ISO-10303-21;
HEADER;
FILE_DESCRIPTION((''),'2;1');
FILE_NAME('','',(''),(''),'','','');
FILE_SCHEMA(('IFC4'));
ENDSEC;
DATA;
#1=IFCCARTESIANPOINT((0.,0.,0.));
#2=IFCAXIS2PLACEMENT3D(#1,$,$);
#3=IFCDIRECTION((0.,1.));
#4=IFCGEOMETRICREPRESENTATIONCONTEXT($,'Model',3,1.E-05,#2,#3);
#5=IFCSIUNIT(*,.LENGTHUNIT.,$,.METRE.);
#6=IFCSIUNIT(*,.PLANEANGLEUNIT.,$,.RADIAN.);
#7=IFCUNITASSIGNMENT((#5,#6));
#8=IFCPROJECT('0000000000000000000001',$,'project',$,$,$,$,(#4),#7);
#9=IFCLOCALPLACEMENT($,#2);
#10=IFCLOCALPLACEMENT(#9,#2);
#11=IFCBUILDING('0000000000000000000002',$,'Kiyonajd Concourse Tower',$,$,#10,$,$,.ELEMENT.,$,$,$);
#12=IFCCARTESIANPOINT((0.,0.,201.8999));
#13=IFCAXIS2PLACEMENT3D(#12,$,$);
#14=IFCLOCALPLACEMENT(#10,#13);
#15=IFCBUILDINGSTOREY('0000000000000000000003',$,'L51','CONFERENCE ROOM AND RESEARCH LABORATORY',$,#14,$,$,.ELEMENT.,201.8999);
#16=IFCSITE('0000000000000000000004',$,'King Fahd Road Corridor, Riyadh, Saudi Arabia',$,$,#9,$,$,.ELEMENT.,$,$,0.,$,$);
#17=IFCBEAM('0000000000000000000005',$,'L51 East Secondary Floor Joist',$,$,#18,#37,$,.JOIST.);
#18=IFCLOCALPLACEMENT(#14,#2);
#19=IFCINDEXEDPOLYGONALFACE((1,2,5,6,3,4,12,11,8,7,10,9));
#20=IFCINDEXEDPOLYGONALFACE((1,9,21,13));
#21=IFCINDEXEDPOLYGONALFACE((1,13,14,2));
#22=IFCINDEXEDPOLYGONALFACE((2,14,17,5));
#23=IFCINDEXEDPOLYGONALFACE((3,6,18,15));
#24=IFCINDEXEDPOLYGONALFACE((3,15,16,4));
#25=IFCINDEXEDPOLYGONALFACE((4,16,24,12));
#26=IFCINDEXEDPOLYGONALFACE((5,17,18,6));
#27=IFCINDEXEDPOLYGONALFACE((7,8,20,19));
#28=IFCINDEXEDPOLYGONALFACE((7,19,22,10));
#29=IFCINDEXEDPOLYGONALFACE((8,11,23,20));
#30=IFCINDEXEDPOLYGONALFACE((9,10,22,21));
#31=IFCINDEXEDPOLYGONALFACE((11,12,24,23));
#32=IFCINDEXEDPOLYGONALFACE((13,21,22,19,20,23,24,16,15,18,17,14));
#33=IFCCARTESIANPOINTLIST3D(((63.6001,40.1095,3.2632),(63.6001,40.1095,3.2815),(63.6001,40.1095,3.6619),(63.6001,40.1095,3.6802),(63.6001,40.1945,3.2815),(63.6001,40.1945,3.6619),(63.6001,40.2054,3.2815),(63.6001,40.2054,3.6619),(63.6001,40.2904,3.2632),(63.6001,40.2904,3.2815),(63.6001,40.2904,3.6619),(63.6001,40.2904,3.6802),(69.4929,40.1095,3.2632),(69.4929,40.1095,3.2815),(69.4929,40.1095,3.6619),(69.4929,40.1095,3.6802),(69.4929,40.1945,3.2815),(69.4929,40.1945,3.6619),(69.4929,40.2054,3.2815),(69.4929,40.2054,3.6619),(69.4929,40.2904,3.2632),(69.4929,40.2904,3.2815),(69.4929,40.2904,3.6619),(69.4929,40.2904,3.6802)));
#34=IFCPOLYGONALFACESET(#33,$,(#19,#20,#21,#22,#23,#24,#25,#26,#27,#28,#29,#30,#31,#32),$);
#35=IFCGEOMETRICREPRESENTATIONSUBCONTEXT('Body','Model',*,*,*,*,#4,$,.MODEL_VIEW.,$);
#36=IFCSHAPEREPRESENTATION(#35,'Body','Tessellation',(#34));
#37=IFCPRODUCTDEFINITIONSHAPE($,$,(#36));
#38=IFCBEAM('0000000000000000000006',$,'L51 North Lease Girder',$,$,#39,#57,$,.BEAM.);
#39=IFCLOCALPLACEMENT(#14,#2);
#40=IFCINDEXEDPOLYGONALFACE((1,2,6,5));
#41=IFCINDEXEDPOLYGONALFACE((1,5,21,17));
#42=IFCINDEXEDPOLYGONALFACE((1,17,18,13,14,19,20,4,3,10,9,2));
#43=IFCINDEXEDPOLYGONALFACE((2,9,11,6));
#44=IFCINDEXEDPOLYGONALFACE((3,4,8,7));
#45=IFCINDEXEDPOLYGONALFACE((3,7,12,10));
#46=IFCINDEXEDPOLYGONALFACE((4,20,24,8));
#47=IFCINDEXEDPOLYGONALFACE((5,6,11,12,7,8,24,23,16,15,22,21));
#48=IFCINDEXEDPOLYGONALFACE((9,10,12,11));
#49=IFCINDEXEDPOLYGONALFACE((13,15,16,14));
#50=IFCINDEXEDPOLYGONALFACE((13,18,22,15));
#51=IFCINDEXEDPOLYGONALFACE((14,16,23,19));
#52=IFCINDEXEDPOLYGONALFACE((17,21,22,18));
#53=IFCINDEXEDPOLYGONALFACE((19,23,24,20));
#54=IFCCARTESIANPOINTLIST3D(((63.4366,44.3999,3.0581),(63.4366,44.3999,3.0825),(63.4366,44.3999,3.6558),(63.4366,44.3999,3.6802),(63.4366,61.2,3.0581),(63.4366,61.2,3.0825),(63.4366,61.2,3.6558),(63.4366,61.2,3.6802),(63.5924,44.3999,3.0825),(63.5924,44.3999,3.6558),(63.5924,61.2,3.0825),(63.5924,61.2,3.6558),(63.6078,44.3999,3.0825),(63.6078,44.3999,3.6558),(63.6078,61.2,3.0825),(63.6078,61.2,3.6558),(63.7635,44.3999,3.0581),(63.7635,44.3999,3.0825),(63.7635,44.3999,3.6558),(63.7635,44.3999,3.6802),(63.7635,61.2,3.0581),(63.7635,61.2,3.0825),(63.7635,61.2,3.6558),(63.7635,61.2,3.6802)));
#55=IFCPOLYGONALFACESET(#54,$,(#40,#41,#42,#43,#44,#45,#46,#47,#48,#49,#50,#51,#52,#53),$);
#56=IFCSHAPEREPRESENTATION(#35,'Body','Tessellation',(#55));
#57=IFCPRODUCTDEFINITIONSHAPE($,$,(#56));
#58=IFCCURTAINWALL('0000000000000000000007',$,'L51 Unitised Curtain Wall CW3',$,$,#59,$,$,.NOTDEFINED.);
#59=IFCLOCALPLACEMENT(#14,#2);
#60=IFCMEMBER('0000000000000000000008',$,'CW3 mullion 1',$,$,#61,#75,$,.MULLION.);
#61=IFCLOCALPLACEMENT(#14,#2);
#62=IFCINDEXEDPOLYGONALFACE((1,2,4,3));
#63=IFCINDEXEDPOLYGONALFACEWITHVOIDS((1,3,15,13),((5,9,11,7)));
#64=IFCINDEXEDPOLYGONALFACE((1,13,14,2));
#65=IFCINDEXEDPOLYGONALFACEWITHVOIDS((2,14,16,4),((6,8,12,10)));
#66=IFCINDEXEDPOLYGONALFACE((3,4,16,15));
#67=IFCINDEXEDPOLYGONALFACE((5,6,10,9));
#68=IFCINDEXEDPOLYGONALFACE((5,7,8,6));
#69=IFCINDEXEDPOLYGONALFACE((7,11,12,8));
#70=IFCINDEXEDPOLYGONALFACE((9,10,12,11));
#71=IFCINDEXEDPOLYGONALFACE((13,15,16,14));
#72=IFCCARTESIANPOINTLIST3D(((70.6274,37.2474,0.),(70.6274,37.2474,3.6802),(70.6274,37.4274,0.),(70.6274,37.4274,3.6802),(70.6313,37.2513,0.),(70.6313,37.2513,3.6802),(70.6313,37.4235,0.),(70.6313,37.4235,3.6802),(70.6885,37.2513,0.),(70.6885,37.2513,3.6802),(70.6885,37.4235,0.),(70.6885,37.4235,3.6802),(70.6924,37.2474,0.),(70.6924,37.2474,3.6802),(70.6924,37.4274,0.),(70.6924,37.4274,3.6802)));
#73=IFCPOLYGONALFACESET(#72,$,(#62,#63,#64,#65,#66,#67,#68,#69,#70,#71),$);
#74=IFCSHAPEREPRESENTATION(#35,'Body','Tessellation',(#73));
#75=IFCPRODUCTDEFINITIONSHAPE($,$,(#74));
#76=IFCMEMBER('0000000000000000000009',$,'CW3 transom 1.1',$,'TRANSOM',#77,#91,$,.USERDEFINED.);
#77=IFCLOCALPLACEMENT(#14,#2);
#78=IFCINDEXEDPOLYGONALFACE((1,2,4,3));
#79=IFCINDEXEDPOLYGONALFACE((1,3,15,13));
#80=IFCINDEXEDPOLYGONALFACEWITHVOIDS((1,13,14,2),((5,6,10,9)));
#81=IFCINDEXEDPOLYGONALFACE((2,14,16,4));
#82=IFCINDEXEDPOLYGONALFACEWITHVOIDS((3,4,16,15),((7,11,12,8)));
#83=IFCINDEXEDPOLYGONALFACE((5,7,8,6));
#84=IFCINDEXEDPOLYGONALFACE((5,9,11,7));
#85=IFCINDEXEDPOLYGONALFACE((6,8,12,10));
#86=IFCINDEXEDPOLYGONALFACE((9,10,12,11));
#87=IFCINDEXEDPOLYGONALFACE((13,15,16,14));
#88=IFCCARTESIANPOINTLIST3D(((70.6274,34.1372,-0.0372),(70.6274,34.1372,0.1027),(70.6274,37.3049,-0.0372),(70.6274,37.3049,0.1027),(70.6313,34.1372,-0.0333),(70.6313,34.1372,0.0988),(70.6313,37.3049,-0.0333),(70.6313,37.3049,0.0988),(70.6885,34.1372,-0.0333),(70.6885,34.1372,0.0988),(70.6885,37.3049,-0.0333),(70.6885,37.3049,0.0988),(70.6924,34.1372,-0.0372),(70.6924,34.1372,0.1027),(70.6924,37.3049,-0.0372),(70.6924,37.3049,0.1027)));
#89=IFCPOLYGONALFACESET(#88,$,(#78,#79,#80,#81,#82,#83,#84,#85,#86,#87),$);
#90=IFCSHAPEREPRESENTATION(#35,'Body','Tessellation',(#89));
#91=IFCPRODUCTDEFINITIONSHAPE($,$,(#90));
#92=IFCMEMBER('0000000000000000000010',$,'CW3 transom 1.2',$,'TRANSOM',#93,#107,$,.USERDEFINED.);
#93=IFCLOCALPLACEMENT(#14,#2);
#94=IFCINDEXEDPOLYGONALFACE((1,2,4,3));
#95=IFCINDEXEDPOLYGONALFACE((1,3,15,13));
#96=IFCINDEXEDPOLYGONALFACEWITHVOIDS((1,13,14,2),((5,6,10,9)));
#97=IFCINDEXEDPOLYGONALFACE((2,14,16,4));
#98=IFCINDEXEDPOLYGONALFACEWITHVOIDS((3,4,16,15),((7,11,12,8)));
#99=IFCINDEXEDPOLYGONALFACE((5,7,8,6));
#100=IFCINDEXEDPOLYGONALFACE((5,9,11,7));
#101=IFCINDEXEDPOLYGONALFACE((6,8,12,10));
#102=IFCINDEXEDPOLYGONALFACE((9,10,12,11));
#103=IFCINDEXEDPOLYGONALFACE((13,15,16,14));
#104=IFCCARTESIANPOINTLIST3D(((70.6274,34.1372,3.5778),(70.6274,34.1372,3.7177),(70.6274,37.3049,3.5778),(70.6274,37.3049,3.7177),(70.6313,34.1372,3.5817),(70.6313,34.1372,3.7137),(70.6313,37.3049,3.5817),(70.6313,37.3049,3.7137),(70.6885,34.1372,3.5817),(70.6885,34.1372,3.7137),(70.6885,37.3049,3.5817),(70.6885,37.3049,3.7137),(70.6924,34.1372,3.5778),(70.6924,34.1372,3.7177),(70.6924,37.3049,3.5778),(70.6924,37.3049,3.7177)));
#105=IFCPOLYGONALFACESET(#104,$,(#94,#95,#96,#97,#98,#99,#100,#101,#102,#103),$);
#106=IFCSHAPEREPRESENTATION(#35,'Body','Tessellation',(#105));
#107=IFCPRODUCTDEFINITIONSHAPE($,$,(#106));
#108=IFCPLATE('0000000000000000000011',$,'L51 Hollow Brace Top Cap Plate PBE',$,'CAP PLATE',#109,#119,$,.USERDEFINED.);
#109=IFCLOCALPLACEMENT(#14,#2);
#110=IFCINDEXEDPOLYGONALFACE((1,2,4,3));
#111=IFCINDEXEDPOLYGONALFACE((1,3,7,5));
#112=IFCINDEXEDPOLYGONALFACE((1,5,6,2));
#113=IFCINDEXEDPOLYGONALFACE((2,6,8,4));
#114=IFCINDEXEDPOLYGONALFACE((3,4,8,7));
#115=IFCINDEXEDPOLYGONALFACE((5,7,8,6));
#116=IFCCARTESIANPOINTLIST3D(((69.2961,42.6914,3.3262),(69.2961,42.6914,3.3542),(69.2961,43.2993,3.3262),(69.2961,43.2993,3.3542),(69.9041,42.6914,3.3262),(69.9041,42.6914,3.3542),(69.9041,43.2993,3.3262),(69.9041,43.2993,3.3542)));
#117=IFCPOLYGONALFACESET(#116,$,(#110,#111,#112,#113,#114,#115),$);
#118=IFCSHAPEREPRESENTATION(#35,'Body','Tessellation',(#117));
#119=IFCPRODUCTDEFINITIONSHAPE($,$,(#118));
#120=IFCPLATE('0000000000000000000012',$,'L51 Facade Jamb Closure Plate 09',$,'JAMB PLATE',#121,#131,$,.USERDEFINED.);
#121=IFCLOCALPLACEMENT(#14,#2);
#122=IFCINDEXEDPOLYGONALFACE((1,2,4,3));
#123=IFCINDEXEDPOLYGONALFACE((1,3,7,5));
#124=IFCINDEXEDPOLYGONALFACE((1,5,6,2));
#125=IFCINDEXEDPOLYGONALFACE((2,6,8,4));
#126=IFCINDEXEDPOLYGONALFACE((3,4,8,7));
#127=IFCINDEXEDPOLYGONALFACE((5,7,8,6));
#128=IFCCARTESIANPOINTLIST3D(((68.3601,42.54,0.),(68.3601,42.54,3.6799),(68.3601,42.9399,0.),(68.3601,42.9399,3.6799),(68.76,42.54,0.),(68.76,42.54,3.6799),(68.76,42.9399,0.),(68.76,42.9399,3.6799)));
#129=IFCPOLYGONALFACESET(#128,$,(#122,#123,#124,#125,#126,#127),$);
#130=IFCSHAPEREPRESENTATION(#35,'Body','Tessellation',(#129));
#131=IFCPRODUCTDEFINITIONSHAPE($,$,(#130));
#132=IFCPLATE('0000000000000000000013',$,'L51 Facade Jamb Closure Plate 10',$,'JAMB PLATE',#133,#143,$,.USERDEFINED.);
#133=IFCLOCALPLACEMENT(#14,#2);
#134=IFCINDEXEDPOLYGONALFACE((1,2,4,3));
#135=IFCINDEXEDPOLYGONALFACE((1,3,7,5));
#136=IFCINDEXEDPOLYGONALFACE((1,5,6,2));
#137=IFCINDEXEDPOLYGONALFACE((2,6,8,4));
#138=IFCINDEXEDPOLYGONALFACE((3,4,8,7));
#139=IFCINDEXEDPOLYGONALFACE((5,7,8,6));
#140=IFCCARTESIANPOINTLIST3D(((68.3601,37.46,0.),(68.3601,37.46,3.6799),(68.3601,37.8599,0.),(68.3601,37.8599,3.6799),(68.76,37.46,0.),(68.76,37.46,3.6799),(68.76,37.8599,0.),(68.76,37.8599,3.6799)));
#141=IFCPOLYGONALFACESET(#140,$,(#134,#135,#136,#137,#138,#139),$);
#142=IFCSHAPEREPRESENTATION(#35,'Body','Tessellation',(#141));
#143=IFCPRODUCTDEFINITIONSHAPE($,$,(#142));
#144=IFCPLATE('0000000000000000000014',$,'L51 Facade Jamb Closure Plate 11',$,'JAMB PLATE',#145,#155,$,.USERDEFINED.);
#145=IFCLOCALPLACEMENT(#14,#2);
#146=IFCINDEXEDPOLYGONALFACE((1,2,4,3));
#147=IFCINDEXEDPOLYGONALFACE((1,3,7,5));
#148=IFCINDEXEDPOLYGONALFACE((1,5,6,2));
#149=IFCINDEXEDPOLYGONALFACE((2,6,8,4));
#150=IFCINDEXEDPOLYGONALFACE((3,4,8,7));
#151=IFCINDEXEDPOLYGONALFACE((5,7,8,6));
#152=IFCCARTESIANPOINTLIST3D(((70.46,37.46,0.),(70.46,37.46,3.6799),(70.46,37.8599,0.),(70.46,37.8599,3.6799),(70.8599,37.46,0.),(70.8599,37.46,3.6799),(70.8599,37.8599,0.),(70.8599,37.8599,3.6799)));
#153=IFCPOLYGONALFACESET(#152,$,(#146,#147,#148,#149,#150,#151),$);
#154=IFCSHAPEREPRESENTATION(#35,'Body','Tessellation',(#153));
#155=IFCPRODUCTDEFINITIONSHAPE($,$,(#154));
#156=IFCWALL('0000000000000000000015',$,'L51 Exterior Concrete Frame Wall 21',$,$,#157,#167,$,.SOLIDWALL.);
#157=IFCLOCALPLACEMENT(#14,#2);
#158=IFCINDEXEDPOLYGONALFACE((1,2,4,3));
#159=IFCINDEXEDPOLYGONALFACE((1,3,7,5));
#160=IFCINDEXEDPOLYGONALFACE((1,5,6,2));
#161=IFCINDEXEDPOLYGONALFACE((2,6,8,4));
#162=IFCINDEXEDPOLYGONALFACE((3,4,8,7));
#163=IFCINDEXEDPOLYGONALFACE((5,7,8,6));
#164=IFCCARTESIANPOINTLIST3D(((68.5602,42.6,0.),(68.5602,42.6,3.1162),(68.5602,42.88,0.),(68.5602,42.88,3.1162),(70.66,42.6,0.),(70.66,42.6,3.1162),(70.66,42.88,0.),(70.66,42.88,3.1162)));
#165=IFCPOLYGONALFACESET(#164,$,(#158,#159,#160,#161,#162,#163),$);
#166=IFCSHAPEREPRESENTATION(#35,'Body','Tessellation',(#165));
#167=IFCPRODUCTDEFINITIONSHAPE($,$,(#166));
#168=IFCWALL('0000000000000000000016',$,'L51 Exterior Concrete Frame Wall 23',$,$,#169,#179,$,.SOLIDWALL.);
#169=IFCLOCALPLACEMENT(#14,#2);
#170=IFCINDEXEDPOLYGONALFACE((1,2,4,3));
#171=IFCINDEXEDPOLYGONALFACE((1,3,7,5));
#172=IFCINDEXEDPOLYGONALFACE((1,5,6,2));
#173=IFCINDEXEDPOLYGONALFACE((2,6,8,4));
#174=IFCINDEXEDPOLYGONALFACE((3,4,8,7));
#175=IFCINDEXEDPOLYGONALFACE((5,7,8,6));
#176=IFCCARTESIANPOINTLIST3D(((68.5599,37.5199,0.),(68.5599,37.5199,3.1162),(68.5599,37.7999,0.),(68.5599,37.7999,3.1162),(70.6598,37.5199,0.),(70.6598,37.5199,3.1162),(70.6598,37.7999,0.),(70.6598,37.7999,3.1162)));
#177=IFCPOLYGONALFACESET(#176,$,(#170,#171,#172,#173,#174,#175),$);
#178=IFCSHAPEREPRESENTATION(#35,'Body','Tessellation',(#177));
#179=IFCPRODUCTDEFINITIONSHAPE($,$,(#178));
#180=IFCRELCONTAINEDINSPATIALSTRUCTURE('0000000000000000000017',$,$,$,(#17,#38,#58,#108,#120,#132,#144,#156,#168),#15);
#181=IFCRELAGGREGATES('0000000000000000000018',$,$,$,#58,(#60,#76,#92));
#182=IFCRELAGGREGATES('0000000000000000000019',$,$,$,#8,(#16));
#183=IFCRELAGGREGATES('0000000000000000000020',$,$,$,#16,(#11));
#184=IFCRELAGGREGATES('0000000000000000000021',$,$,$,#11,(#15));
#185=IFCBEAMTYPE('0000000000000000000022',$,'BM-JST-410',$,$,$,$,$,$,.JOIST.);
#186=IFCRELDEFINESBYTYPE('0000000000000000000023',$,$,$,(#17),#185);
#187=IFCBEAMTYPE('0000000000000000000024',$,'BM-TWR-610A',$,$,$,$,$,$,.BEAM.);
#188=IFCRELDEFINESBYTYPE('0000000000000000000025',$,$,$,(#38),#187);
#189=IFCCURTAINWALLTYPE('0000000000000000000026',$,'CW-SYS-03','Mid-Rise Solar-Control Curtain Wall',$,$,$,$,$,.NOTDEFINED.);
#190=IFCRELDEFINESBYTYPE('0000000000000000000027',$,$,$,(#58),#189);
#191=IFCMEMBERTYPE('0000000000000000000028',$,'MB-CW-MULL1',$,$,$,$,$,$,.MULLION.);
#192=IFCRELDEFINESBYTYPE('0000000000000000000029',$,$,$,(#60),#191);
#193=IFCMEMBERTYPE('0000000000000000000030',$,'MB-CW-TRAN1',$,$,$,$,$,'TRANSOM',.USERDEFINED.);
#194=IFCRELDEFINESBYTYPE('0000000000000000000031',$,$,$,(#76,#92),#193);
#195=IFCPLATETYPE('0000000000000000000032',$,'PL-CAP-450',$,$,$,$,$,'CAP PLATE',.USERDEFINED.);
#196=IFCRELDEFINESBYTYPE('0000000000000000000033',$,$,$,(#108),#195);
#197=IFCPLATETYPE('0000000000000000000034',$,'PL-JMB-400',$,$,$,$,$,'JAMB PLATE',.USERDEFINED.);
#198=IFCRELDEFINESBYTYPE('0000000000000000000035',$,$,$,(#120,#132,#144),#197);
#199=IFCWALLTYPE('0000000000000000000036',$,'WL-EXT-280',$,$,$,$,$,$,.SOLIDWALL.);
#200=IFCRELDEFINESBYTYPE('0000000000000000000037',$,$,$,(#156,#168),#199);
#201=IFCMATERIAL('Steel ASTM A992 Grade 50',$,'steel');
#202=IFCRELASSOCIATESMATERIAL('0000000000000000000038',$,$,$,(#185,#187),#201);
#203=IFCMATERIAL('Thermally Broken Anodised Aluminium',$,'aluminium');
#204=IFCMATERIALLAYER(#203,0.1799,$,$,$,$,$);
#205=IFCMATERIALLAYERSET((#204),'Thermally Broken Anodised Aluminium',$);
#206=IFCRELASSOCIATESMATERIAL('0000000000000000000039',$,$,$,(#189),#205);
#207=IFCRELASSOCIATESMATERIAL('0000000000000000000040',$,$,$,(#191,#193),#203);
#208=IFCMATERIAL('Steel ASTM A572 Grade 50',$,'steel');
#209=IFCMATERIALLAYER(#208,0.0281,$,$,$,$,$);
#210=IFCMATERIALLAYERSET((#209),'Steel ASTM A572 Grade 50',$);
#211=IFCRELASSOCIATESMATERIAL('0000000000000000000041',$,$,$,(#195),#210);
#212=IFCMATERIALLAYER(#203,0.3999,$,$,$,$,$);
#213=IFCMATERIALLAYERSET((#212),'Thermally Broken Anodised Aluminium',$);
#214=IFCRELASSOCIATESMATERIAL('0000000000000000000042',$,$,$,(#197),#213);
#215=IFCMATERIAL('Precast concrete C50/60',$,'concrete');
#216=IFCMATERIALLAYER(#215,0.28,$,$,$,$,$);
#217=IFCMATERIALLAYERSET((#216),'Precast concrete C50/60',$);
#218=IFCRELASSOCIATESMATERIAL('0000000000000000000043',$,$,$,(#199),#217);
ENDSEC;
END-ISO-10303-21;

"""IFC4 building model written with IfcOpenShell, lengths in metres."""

from ifc_helpers import new_model, si_unit, direction, frame, frame_2d, origin, origin_2d, place, context, subcontext, project, spatial, rectangle, hollow_rectangle, i_section, extrude, material, layer, layer_set, material_profile, profile_set, type_object, element, aggregate, save


model = new_model("IFC4")

# Units and contexts
model_context = context("Model", 3, precision=1e-05, world=origin(), true_north=direction((0.0, 1.0)))
body_context = subcontext(model_context, "Body", "Model", "MODEL_VIEW")
ifc_project = project(units=[si_unit("LENGTHUNIT", "METRE"), si_unit("PLANEANGLEUNIT", "RADIAN")], contexts=[model_context])

# Site, building, storey
site_placement = place(None, origin())
site = spatial("IfcSite", under=ifc_project, at=site_placement, Name="King Fahd Road Corridor, Riyadh, Saudi Arabia", CompositionType="ELEMENT", RefElevation=0.0)
building_placement = place(site_placement, origin())
building = spatial("IfcBuilding", under=site, at=building_placement, Name="Kiyonajd Concourse Tower", CompositionType="ELEMENT")
storey_placement = place(building_placement, frame((0.0, 0.0, 201.8999)))
storey = spatial("IfcBuildingStorey", under=building, at=storey_placement, Name="L51", Description="CONFERENCE ROOM AND RESEARCH LABORATORY", CompositionType="ELEMENT", Elevation=201.8999)

# Beams
ifc_material_1 = material(Name="Steel ASTM A992 Grade 50", Category="steel")
ifc_material_profile_1 = material_profile(ifc_material_1, i_section(OverallWidth=0.1809, OverallDepth=0.417, WebThickness=0.011, FlangeThickness=0.0183, at=origin_2d()), Name="W410X85")
ifc_profile_set_1 = profile_set([ifc_material_profile_1], Name="Steel ASTM A992 Grade 50")
beam_type_1 = type_object("IfcBeamType", Name="BM-JST-410", PredefinedType="JOIST", material=ifc_profile_set_1)
beam_1_placement = place(storey_placement, frame((63.6001, 40.2, 3.4717), z_axis=(1.0, 0.0, 0.0), x_axis=(0.0, 1.0, 0.0)))
element("IfcBeam", 1, at=beam_1_placement, inside=storey, type_object=beam_type_1, Name="L51 East Secondary Floor Joist", PredefinedType="JOIST", context=body_context, shape_type="SweptSolid", body=[
    extrude(i_section(OverallWidth=0.1809, OverallDepth=0.417, WebThickness=0.011, FlangeThickness=0.0183, at=origin_2d()), origin(), (0.0, 0.0, 1.0), 5.8928),
])
ifc_material_profile_2 = material_profile(ifc_material_1, i_section(OverallWidth=0.3269, OverallDepth=0.6221, WebThickness=0.0154, FlangeThickness=0.0244, at=origin_2d()), Name="W610X195")
ifc_profile_set_2 = profile_set([ifc_material_profile_2], Name="Steel ASTM A992 Grade 50")
beam_type_2 = type_object("IfcBeamType", Name="BM-TWR-610A", PredefinedType="BEAM", material=ifc_profile_set_2)
beam_2_placement = place(storey_placement, frame((63.6001, 44.3999, 3.3691), z_axis=(0.0, 1.0, 0.0), x_axis=(-1.0, 0.0, 0.0)))
element("IfcBeam", 2, at=beam_2_placement, inside=storey, type_object=beam_type_2, Name="L51 North Lease Girder", PredefinedType="BEAM", context=body_context, shape_type="SweptSolid", body=[
    extrude(i_section(OverallWidth=0.3269, OverallDepth=0.6221, WebThickness=0.0154, FlangeThickness=0.0244, at=origin_2d()), origin(), (0.0, 0.0, 1.0), 16.8),
])

# Curtain wall, members
ifc_material_2 = material(Name="Thermally Broken Anodised Aluminium", Category="aluminium")
ifc_layer_1 = layer(ifc_material_2, 0.1799)
ifc_layer_set_1 = layer_set([ifc_layer_1], Name="Thermally Broken Anodised Aluminium")
curtain_wall_type = type_object("IfcCurtainWallType", Name="CW-SYS-03", Description="Mid-Rise Solar-Control Curtain Wall", PredefinedType="NOTDEFINED", material=ifc_layer_set_1)
curtain_wall_placement = place(storey_placement, origin())
curtain_wall = element("IfcCurtainWall", 3, at=curtain_wall_placement, inside=storey, type_object=curtain_wall_type, Name="L51 Unitised Curtain Wall CW3", PredefinedType="NOTDEFINED")
ifc_material_profile_3 = material_profile(ifc_material_2, hollow_rectangle(XDim=0.0649, YDim=0.1799, WallThickness=0.0039, at=origin_2d()), Name="MULL-65x180")
ifc_profile_set_3 = profile_set([ifc_material_profile_3], Name="Thermally Broken Anodised Aluminium")
member_type_1 = type_object("IfcMemberType", Name="MB-CW-MULL1", PredefinedType="MULLION", material=ifc_profile_set_3)
member_1_placement = place(storey_placement, frame((70.6599, 37.3374, 0.0), z_axis=(0.0, 0.0, 1.0), x_axis=(1.0, 0.0, 0.0)))
member_1 = element("IfcMember", 4, at=member_1_placement, type_object=member_type_1, Name="CW3 mullion 1", PredefinedType="MULLION", context=body_context, shape_type="SweptSolid", body=[
    extrude(hollow_rectangle(XDim=0.0649, YDim=0.1799, WallThickness=0.0039, at=origin_2d()), origin(), (0.0, 0.0, 1.0), 3.6802),
])
ifc_material_profile_4 = material_profile(ifc_material_2, hollow_rectangle(XDim=0.0649, YDim=0.1399, WallThickness=0.0039, at=origin_2d()), Name="TRAN-65x140")
ifc_profile_set_4 = profile_set([ifc_material_profile_4], Name="Thermally Broken Anodised Aluminium")
member_type_2 = type_object("IfcMemberType", Name="MB-CW-TRAN1", ElementType="TRANSOM", PredefinedType="USERDEFINED", material=ifc_profile_set_4)
member_2_placement = place(storey_placement, frame((70.6599, 37.3049, 0.0327), z_axis=(0.0, -1.0, 0.0), x_axis=(1.0, 0.0, 0.0)))
member_2 = element("IfcMember", 5, at=member_2_placement, type_object=member_type_2, Name="CW3 transom 1.1", ObjectType="TRANSOM", PredefinedType="USERDEFINED", context=body_context, shape_type="SweptSolid", body=[
    extrude(hollow_rectangle(XDim=0.0649, YDim=0.1399, WallThickness=0.0039, at=origin_2d()), origin(), (0.0, 0.0, 1.0), 3.1677),
])
member_3_placement = place(storey_placement, frame((70.6599, 37.3049, 3.6477), z_axis=(0.0, -1.0, 0.0), x_axis=(1.0, 0.0, 0.0)))
member_3 = element("IfcMember", 6, at=member_3_placement, type_object=member_type_2, Name="CW3 transom 1.2", ObjectType="TRANSOM", PredefinedType="USERDEFINED", context=body_context, shape_type="SweptSolid", body=[
    extrude(hollow_rectangle(XDim=0.0649, YDim=0.1399, WallThickness=0.0039, at=origin_2d()), origin(), (0.0, 0.0, 1.0), 3.1677),
])
aggregate(curtain_wall, [member_1, member_2, member_3])

# Plates
ifc_material_3 = material(Name="Steel ASTM A572 Grade 50", Category="steel")
ifc_layer_2 = layer(ifc_material_3, 0.0281)
ifc_layer_set_2 = layer_set([ifc_layer_2], Name="Steel ASTM A572 Grade 50")
plate_type_1 = type_object("IfcPlateType", Name="PL-CAP-450", ElementType="CAP PLATE", PredefinedType="USERDEFINED", material=ifc_layer_set_2)
plate_placement = place(storey_placement, frame((69.6001, 42.9954, 3.3262), z_axis=(0.0, 0.0, 1.0), x_axis=(1.0, 0.0, 0.0)))
element("IfcPlate", 7, at=plate_placement, inside=storey, type_object=plate_type_1, Name="L51 Hollow Brace Top Cap Plate PBE", ObjectType="CAP PLATE", PredefinedType="USERDEFINED", context=body_context, shape_type="SweptSolid", body=[
    extrude(rectangle(XDim=0.6079, YDim=0.6079, at=origin_2d()), origin(), (0.0, 0.0, 1.0), 0.0281),
])
ifc_layer_3 = layer(ifc_material_2, 0.3999)
ifc_layer_set_3 = layer_set([ifc_layer_3], Name="Thermally Broken Anodised Aluminium")
plate_type_2 = type_object("IfcPlateType", Name="PL-JMB-400", ElementType="JAMB PLATE", PredefinedType="USERDEFINED", material=ifc_layer_set_3)
for number, where, z_axis, x_axis, name in (
    (8, (68.5601, 42.74, 0.0), (0.0, 0.0, 1.0), (1.0, 0.0, 0.0), "L51 Facade Jamb Closure Plate 09"),
    (9, (68.5601, 37.6599, 0.0), (0.0, 0.0, 1.0), (1.0, 0.0, 0.0), "L51 Facade Jamb Closure Plate 10"),
    (10, (70.6599, 37.6599, 0.0), (0.0, 0.0, 1.0), (1.0, 0.0, 0.0), "L51 Facade Jamb Closure Plate 11"),
):
    element("IfcPlate", number, at=place(storey_placement, frame(where, z_axis=z_axis, x_axis=x_axis)), inside=storey, type_object=plate_type_2, Name=name, ObjectType="JAMB PLATE", PredefinedType="USERDEFINED", context=body_context, shape_type="SweptSolid", body=[
        extrude(rectangle(XDim=0.3999, YDim=0.3999, at=origin_2d()), origin(), (0.0, 0.0, 1.0), 3.6799),
    ])

# Walls
ifc_material_4 = material(Name="Precast concrete C50/60", Category="concrete")
ifc_layer_4 = layer(ifc_material_4, 0.28)
ifc_layer_set_4 = layer_set([ifc_layer_4], Name="Precast concrete C50/60")
wall_type_1 = type_object("IfcWallType", Name="WL-EXT-280", PredefinedType="SOLIDWALL", material=ifc_layer_set_4)
for number, where, z_axis, x_axis, name in (
    (11, (70.6599, 42.74, 0.0), (0.0, 0.0, 1.0), (-1.0, 0.0, 0.0), "L51 Exterior Concrete Frame Wall 21"),
    (12, (68.5601, 37.6599, 0.0), (0.0, 0.0, 1.0), (1.0, 0.0, 0.0), "L51 Exterior Concrete Frame Wall 23"),
):
    element("IfcWall", number, at=place(storey_placement, frame(where, z_axis=z_axis, x_axis=x_axis)), inside=storey, type_object=wall_type_1, Name=name, PredefinedType="SOLIDWALL", context=body_context, shape_type="SweptSolid", body=[
        extrude(rectangle(XDim=2.0999, YDim=0.28, at=frame_2d((1.0498, 0.0))), origin(), (0.0, 0.0, 1.0), 3.1162),
    ])

save(model, "model.ifc")
